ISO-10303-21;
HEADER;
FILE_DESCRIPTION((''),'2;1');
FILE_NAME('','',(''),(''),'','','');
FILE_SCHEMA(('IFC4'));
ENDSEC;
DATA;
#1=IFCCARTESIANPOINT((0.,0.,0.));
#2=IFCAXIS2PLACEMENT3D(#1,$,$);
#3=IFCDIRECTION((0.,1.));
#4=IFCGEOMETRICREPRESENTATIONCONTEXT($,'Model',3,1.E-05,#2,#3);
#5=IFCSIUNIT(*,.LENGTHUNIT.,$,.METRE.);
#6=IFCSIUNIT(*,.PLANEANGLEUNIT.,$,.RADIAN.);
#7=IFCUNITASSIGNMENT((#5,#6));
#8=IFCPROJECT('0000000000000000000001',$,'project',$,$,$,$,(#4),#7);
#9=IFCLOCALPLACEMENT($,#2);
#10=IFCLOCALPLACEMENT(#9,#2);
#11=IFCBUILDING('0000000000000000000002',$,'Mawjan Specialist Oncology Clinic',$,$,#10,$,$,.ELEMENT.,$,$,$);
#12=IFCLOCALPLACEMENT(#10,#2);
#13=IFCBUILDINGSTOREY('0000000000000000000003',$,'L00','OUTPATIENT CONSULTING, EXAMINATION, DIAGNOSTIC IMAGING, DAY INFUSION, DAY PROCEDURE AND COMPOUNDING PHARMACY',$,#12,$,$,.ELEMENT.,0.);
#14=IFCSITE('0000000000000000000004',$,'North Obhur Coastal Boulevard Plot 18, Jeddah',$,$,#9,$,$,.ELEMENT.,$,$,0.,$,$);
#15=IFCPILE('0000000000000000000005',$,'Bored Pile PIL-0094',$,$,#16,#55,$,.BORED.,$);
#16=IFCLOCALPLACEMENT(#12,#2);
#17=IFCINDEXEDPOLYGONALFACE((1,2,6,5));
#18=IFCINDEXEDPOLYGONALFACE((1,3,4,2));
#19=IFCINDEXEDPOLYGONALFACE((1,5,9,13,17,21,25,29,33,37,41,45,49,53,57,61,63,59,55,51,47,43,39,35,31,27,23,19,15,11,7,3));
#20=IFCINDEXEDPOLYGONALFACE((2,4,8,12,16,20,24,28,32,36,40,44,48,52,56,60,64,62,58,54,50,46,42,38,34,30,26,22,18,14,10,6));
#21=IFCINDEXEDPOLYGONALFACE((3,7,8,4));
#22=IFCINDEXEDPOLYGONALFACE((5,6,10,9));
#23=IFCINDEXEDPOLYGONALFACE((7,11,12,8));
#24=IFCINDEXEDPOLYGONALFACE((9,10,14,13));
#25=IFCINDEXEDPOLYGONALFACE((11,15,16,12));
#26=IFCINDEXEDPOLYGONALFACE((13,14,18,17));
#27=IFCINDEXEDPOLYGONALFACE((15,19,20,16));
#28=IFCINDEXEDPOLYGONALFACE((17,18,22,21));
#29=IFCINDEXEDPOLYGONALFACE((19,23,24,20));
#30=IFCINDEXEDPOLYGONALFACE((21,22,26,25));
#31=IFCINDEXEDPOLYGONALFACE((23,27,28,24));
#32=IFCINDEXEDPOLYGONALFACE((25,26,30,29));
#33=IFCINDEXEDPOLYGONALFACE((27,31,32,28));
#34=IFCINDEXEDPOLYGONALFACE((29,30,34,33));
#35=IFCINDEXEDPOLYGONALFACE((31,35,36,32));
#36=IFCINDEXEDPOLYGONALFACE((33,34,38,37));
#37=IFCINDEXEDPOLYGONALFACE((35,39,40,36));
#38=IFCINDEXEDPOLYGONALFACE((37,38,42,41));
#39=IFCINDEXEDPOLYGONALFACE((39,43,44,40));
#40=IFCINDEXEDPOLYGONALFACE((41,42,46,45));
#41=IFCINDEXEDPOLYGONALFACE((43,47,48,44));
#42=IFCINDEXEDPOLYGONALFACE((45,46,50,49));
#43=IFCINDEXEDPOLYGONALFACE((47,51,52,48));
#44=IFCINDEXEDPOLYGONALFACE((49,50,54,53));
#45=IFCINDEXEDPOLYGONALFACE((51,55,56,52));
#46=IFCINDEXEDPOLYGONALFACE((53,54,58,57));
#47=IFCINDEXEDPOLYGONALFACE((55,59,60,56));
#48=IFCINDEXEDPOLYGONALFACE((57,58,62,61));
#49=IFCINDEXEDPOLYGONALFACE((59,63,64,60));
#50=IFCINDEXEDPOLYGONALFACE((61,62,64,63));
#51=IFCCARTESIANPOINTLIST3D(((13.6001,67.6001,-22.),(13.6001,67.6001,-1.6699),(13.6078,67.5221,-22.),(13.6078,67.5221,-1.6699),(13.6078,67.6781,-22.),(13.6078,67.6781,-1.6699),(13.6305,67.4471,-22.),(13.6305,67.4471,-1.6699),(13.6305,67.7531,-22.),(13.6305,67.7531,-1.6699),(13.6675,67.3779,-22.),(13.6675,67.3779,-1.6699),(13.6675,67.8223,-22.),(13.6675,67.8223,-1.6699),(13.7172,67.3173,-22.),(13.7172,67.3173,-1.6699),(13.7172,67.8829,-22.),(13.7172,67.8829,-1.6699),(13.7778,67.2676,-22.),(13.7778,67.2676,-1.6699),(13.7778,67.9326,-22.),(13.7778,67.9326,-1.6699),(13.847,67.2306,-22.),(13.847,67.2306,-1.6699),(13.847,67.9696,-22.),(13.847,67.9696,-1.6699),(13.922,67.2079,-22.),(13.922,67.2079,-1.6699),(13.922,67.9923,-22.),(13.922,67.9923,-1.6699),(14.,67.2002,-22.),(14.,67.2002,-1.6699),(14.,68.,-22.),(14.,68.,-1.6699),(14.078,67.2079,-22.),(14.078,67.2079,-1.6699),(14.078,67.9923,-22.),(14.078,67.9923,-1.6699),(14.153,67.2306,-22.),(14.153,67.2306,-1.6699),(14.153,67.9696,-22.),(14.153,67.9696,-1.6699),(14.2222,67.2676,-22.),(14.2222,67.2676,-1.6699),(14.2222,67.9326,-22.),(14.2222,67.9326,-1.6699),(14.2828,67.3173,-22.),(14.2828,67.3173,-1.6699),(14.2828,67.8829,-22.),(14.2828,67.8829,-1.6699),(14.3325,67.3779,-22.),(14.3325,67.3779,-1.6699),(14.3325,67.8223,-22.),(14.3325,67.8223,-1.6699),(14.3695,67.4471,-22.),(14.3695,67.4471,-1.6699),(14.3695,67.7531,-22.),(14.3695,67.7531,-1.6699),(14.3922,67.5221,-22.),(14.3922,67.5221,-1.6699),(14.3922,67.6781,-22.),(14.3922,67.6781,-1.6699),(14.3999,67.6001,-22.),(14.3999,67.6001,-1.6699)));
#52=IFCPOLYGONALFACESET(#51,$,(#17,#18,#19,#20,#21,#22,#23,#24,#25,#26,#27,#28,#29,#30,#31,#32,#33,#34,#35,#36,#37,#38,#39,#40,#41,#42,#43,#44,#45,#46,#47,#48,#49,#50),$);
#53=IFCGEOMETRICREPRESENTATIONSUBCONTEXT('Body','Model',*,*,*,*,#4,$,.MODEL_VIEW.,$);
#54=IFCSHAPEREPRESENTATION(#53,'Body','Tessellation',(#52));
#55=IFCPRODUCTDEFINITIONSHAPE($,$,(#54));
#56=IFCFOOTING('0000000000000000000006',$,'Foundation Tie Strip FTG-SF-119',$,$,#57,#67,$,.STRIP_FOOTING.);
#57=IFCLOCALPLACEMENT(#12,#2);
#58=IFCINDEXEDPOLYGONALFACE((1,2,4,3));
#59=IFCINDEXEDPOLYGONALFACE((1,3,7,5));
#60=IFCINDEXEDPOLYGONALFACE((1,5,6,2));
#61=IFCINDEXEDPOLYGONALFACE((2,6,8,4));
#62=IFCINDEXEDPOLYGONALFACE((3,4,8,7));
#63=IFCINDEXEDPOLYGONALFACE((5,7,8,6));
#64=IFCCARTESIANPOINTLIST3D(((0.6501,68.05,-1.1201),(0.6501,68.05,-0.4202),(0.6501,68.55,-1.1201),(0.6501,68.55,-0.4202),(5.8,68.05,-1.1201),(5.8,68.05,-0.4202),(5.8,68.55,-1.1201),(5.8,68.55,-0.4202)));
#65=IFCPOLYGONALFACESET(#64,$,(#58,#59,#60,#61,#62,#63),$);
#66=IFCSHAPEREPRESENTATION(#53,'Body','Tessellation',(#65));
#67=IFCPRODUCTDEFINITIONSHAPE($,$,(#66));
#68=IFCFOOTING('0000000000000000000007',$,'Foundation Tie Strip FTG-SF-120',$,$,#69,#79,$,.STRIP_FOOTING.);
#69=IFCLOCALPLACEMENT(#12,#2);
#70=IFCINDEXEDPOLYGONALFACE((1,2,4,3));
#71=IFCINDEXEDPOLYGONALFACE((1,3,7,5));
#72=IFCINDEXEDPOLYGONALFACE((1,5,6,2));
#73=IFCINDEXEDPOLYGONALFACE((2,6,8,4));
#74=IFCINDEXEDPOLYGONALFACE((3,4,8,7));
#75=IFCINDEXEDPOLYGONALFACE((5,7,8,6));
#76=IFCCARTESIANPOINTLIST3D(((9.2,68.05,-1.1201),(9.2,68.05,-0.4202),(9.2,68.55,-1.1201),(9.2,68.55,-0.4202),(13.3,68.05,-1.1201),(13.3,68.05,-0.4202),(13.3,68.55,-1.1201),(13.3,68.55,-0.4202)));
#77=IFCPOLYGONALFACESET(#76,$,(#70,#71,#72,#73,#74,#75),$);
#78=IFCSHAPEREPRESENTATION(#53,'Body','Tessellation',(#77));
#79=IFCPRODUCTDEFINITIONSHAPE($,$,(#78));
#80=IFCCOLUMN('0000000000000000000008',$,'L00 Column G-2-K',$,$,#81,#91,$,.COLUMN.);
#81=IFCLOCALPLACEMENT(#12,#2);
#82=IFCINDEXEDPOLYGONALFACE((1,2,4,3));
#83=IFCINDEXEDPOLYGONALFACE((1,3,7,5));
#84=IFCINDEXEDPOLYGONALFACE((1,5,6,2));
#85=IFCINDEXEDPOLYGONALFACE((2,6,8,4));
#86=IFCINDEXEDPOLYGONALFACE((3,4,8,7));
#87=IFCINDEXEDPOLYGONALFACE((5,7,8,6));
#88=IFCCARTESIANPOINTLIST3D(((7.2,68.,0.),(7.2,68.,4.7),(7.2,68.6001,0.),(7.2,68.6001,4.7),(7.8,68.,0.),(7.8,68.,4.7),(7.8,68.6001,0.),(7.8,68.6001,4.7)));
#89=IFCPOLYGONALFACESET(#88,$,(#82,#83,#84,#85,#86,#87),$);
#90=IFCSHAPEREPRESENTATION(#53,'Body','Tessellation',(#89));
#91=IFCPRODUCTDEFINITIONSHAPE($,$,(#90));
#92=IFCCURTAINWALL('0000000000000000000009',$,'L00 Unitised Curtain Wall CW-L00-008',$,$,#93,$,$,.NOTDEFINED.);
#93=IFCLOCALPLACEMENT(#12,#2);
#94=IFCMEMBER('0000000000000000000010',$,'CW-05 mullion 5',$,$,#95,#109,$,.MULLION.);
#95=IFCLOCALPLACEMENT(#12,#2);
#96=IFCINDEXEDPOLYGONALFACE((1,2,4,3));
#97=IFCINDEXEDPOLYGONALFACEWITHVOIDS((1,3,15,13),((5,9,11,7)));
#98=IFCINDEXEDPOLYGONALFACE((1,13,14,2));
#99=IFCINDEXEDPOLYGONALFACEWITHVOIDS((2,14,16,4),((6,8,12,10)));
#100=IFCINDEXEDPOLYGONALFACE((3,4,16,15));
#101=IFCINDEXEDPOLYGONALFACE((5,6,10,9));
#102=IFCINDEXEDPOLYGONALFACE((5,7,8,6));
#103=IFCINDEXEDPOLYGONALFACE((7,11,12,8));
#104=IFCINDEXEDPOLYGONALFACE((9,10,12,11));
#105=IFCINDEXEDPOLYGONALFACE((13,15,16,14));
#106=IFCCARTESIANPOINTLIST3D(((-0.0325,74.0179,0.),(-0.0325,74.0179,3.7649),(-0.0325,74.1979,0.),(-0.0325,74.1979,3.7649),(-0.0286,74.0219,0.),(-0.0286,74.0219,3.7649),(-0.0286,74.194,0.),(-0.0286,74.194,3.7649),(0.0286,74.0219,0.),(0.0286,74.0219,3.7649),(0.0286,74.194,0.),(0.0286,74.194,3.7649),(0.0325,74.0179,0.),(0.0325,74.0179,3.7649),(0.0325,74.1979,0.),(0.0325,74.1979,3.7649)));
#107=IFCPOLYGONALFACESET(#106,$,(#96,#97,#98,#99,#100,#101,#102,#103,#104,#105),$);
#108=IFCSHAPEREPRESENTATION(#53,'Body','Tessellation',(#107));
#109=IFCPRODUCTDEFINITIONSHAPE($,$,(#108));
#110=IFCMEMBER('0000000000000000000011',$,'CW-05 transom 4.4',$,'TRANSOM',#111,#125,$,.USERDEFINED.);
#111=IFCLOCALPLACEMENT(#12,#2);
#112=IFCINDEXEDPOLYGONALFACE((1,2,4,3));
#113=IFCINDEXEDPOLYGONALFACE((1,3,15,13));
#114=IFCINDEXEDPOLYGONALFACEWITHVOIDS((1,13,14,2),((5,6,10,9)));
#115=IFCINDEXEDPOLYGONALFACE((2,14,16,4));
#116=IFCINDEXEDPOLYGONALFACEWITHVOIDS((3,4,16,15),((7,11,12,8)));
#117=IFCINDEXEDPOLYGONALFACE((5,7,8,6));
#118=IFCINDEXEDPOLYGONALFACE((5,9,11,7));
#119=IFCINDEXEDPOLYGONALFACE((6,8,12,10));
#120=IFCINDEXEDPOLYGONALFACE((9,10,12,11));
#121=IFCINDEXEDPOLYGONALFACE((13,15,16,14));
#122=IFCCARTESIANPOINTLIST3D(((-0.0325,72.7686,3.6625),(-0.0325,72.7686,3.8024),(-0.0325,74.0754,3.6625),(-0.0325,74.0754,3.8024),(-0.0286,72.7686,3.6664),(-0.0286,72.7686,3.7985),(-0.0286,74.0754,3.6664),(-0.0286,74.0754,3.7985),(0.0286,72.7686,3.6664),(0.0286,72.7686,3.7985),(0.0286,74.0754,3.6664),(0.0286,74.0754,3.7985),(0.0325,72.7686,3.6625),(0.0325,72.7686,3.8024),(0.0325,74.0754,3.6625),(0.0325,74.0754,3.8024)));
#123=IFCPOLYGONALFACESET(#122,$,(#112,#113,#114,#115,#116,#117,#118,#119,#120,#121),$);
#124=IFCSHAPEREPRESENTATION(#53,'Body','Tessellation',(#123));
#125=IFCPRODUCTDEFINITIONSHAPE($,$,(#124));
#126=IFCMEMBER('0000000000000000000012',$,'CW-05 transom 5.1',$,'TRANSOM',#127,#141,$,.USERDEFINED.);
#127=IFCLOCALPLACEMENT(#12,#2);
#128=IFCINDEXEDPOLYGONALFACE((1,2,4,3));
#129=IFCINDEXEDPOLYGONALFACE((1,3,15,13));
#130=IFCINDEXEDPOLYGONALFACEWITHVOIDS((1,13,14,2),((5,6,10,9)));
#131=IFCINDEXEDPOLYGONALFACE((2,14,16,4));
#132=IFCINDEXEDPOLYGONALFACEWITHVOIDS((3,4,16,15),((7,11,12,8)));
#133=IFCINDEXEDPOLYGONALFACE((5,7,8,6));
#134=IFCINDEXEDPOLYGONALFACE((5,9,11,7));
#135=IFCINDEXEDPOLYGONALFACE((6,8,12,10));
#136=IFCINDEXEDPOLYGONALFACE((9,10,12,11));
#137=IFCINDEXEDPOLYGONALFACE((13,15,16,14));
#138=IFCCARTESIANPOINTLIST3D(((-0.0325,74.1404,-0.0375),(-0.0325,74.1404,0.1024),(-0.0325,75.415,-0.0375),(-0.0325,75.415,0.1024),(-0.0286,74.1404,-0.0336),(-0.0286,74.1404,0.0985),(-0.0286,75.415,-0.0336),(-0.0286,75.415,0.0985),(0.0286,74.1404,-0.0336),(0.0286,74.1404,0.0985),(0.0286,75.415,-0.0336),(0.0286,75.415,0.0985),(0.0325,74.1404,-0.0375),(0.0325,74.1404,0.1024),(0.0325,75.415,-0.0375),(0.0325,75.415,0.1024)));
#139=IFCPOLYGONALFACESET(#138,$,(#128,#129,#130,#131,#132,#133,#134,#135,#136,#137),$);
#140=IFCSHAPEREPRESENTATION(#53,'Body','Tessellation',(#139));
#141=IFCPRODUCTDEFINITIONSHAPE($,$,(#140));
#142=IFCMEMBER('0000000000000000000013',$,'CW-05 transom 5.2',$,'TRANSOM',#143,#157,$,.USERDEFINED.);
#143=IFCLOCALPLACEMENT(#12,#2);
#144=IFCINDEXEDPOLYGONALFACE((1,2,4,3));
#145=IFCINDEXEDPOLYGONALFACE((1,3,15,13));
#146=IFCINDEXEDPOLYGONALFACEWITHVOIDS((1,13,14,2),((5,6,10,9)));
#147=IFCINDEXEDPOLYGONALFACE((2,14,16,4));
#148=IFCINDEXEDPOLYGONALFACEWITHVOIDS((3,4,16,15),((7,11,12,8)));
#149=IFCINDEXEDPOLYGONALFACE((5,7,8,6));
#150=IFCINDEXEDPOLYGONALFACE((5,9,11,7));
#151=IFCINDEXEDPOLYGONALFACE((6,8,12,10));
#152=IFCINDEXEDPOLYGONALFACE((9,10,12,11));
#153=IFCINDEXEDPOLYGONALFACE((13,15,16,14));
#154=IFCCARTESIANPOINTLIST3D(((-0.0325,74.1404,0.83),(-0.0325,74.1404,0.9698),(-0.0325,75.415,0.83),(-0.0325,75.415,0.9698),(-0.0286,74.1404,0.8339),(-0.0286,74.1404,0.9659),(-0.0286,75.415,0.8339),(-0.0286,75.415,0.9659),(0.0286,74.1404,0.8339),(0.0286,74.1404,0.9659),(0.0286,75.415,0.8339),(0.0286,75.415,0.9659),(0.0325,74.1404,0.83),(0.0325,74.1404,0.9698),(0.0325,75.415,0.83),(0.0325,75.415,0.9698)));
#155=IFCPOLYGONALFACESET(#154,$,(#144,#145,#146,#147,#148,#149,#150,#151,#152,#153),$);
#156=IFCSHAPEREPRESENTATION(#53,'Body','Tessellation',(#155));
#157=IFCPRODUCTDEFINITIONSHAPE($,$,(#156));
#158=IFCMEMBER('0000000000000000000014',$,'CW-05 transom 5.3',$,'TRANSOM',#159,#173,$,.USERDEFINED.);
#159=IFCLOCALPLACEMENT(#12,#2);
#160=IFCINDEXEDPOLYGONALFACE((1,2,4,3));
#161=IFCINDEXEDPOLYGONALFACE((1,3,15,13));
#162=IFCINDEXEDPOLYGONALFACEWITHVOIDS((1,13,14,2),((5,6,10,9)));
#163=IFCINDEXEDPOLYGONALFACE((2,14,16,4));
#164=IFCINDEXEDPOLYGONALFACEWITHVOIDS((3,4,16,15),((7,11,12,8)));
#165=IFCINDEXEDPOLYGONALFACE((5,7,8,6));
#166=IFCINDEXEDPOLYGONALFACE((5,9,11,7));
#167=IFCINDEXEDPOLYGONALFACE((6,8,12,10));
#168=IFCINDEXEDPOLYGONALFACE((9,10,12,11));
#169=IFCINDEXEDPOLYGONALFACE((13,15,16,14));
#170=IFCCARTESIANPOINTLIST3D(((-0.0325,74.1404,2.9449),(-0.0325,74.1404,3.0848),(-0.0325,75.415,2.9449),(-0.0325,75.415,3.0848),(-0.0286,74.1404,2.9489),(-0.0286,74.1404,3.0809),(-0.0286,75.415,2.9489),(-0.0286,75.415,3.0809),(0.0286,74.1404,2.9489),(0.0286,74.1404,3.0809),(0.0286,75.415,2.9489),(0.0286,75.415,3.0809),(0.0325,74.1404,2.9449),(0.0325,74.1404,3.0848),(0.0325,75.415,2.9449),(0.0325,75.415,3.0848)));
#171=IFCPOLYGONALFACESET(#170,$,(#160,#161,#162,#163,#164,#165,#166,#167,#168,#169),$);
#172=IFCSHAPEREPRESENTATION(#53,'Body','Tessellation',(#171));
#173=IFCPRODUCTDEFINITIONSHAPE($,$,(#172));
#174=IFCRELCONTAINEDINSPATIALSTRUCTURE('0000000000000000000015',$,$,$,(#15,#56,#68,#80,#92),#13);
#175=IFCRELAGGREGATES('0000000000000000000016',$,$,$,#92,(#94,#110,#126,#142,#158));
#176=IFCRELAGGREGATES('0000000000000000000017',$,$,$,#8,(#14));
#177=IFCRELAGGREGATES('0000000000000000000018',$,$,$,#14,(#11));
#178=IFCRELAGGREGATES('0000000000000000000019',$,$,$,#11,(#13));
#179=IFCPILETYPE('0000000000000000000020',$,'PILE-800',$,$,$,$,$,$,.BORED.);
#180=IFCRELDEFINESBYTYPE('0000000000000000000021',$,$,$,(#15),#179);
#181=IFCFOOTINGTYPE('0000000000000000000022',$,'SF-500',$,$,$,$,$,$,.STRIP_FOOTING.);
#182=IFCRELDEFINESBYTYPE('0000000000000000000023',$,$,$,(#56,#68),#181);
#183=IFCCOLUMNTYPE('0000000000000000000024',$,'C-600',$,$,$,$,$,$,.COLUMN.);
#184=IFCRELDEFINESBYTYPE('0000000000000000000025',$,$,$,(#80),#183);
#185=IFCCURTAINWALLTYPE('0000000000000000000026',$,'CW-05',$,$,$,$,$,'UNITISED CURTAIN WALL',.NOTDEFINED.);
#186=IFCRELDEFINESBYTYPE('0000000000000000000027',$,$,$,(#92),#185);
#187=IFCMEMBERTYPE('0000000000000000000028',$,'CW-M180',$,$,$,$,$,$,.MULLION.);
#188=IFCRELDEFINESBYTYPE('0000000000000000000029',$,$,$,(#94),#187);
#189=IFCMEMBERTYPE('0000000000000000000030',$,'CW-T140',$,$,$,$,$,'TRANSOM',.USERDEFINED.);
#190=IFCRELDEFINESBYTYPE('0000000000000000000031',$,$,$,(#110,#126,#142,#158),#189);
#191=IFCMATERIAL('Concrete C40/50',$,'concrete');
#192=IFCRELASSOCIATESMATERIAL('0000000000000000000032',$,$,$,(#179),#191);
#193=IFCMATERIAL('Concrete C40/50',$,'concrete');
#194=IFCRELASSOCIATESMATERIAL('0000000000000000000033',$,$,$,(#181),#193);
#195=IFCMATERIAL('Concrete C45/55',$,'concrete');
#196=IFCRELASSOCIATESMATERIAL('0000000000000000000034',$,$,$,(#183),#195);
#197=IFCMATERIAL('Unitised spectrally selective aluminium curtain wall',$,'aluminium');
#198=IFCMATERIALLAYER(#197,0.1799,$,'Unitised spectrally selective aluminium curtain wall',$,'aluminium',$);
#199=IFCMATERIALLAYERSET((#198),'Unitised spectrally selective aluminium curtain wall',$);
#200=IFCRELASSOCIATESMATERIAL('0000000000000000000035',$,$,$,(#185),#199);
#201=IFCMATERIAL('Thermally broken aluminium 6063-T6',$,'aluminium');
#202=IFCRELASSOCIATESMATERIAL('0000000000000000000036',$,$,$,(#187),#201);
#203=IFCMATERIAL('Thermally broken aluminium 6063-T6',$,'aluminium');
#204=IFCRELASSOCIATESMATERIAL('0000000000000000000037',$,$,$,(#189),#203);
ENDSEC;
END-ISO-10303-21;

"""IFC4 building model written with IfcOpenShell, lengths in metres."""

from ifc_helpers import new_model, si_unit, direction, frame, origin, origin_2d, place, context, subcontext, project, spatial, rectangle, hollow_rectangle, circle, extrude, material, layer, layer_set, material_profile, profile_set, type_object, element, aggregate, save


model = new_model("IFC4")

# Units and contexts
model_context = context("Model", 3, precision=1e-05, world=origin(), true_north=direction((0.0, 1.0)))
body_context = subcontext(model_context, "Body", "Model", "MODEL_VIEW")
ifc_project = project(units=[si_unit("LENGTHUNIT", "METRE"), si_unit("PLANEANGLEUNIT", "RADIAN")], contexts=[model_context])

# Site, building, storey
site_placement = place(None, origin())
site = spatial("IfcSite", under=ifc_project, at=site_placement, Name="North Obhur Coastal Boulevard Plot 18, Jeddah", CompositionType="ELEMENT", RefElevation=0.0)
building_placement = place(site_placement, origin())
building = spatial("IfcBuilding", under=site, at=building_placement, Name="Mawjan Specialist Oncology Clinic", CompositionType="ELEMENT")
storey_placement = place(building_placement, origin())
storey = spatial("IfcBuildingStorey", under=building, at=storey_placement, Name="L00", Description="OUTPATIENT CONSULTING, EXAMINATION, DIAGNOSTIC IMAGING, DAY INFUSION, DAY PROCEDURE AND COMPOUNDING PHARMACY", CompositionType="ELEMENT", Elevation=0.0)

# Pile
ifc_material_1 = material(Name="Concrete C40/50", Category="concrete")
ifc_material_profile_1 = material_profile(ifc_material_1, circle(Radius=0.3999, at=origin_2d()), Name="BORED PILE D800", Category="concrete")
ifc_profile_set_1 = profile_set([ifc_material_profile_1], Name="Concrete C40/50")
pile_type_1 = type_object("IfcPileType", Name="PILE-800", PredefinedType="BORED", material=ifc_profile_set_1)
for number, where, z_axis, x_axis, name in (
    (1, (14.0, 67.6001, -1.6699), (0.0, 0.0, -1.0), (1.0, 0.0, 0.0), "Bored Pile PIL-0094"),
):
    element("IfcPile", number, at=place(storey_placement, frame(where, z_axis=z_axis, x_axis=x_axis)), inside=storey, type_object=pile_type_1, Name=name, PredefinedType="BORED", context=body_context, shape_type="SweptSolid", body=[
        extrude(circle(Radius=0.3999, at=origin_2d()), origin(), (0.0, 0.0, 1.0), 20.3301),
    ])

# Footings
ifc_material_2 = material(Name="Concrete C40/50", Category="concrete")
footing_type_1 = type_object("IfcFootingType", Name="SF-500", PredefinedType="STRIP_FOOTING", material=ifc_material_2)
footing_1_placement = place(storey_placement, frame((3.2251, 68.3, -1.1201), z_axis=(0.0, 0.0, 1.0), x_axis=(1.0, 0.0, 0.0)))
element("IfcFooting", 2, at=footing_1_placement, inside=storey, type_object=footing_type_1, Name="Foundation Tie Strip FTG-SF-119", PredefinedType="STRIP_FOOTING", context=body_context, shape_type="SweptSolid", body=[
    extrude(rectangle(XDim=5.1499, YDim=0.5, at=origin_2d()), origin(), (0.0, 0.0, 1.0), 0.7),
])
footing_2_placement = place(storey_placement, frame((11.25, 68.3, -1.1201), z_axis=(0.0, 0.0, 1.0), x_axis=(1.0, 0.0, 0.0)))
element("IfcFooting", 3, at=footing_2_placement, inside=storey, type_object=footing_type_1, Name="Foundation Tie Strip FTG-SF-120", PredefinedType="STRIP_FOOTING", context=body_context, shape_type="SweptSolid", body=[
    extrude(rectangle(XDim=4.1001, YDim=0.5, at=origin_2d()), origin(), (0.0, 0.0, 1.0), 0.7),
])

# Column
ifc_material_3 = material(Name="Concrete C45/55", Category="concrete")
ifc_material_profile_2 = material_profile(ifc_material_3, rectangle(XDim=0.6001, YDim=0.6001, at=origin_2d()), Name="RC COL 600x600", Category="concrete")
ifc_profile_set_2 = profile_set([ifc_material_profile_2], Name="Concrete C45/55")
column_type = type_object("IfcColumnType", Name="C-600", PredefinedType="COLUMN", material=ifc_profile_set_2)
column_placement = place(storey_placement, frame((7.5, 68.3, 0.0), z_axis=(0.0, 0.0, 1.0), x_axis=(1.0, 0.0, 0.0)))
element("IfcColumn", 4, at=column_placement, inside=storey, type_object=column_type, Name="L00 Column G-2-K", PredefinedType="COLUMN", context=body_context, shape_type="SweptSolid", body=[
    extrude(rectangle(XDim=0.6001, YDim=0.6001, at=origin_2d()), origin(), (0.0, 0.0, 1.0), 4.7),
])

# Curtain wall, members
ifc_material_4 = material(Name="Unitised spectrally selective aluminium curtain wall", Category="aluminium")
ifc_layer_1 = layer(ifc_material_4, 0.1799, Name="Unitised spectrally selective aluminium curtain wall", Category="aluminium")
ifc_layer_set_1 = layer_set([ifc_layer_1], Name="Unitised spectrally selective aluminium curtain wall")
curtain_wall_type = type_object("IfcCurtainWallType", Name="CW-05", ElementType="UNITISED CURTAIN WALL", PredefinedType="NOTDEFINED", material=ifc_layer_set_1)
curtain_wall_placement = place(storey_placement, origin())
curtain_wall = element("IfcCurtainWall", 5, at=curtain_wall_placement, inside=storey, type_object=curtain_wall_type, Name="L00 Unitised Curtain Wall CW-L00-008", PredefinedType="NOTDEFINED")
ifc_material_5 = material(Name="Thermally broken aluminium 6063-T6", Category="aluminium")
ifc_material_profile_3 = material_profile(ifc_material_5, hollow_rectangle(XDim=0.0649, YDim=0.1799, WallThickness=0.0039, at=origin_2d()), Name="ALU MULLION 180x65x4", Category="aluminium")
ifc_profile_set_3 = profile_set([ifc_material_profile_3], Name="Thermally broken aluminium 6063-T6")
member_type_1 = type_object("IfcMemberType", Name="CW-M180", PredefinedType="MULLION", material=ifc_profile_set_3)
member_1_placement = place(storey_placement, frame((0.0, 74.1079, 0.0), z_axis=(0.0, 0.0, 1.0), x_axis=(-1.0, 0.0, 0.0)))
member_1 = element("IfcMember", 6, at=member_1_placement, type_object=member_type_1, Name="CW-05 mullion 5", PredefinedType="MULLION", context=body_context, shape_type="SweptSolid", body=[
    extrude(hollow_rectangle(XDim=0.0649, YDim=0.1799, WallThickness=0.0039, at=origin_2d()), origin(), (0.0, 0.0, 1.0), 3.7649),
])
ifc_material_6 = material(Name="Thermally broken aluminium 6063-T6", Category="aluminium")
ifc_material_profile_4 = material_profile(ifc_material_6, hollow_rectangle(XDim=0.0649, YDim=0.1399, WallThickness=0.0039, at=origin_2d()), Name="ALU TRANSOM 140x65x4", Category="aluminium")
ifc_profile_set_4 = profile_set([ifc_material_profile_4], Name="Thermally broken aluminium 6063-T6")
member_type_2 = type_object("IfcMemberType", Name="CW-T140", ElementType="TRANSOM", PredefinedType="USERDEFINED", material=ifc_profile_set_4)
member_2_placement = place(storey_placement, frame((0.0, 72.7686, 3.7324), z_axis=(0.0, 1.0, 0.0), x_axis=(-1.0, 0.0, 0.0)))
member_2 = element("IfcMember", 7, at=member_2_placement, type_object=member_type_2, Name="CW-05 transom 4.4", ObjectType="TRANSOM", PredefinedType="USERDEFINED", context=body_context, shape_type="SweptSolid", body=[
    extrude(hollow_rectangle(XDim=0.0649, YDim=0.1399, WallThickness=0.0039, at=origin_2d()), origin(), (0.0, 0.0, 1.0), 1.3069),
])
member_3_placement = place(storey_placement, frame((0.0, 74.1404, 0.0325), z_axis=(0.0, 1.0, 0.0), x_axis=(-1.0, 0.0, 0.0)))
member_3 = element("IfcMember", 8, at=member_3_placement, type_object=member_type_2, Name="CW-05 transom 5.1", ObjectType="TRANSOM", PredefinedType="USERDEFINED", context=body_context, shape_type="SweptSolid", body=[
    extrude(hollow_rectangle(XDim=0.0649, YDim=0.1399, WallThickness=0.0039, at=origin_2d()), origin(), (0.0, 0.0, 1.0), 1.2747),
])
member_4_placement = place(storey_placement, frame((0.0, 74.1404, 0.8999), z_axis=(0.0, 1.0, 0.0), x_axis=(-1.0, 0.0, 0.0)))
member_4 = element("IfcMember", 9, at=member_4_placement, type_object=member_type_2, Name="CW-05 transom 5.2", ObjectType="TRANSOM", PredefinedType="USERDEFINED", context=body_context, shape_type="SweptSolid", body=[
    extrude(hollow_rectangle(XDim=0.0649, YDim=0.1399, WallThickness=0.0039, at=origin_2d()), origin(), (0.0, 0.0, 1.0), 1.2747),
])
member_5_placement = place(storey_placement, frame((0.0, 74.1404, 3.0149), z_axis=(0.0, 1.0, 0.0), x_axis=(-1.0, 0.0, 0.0)))
member_5 = element("IfcMember", 10, at=member_5_placement, type_object=member_type_2, Name="CW-05 transom 5.3", ObjectType="TRANSOM", PredefinedType="USERDEFINED", context=body_context, shape_type="SweptSolid", body=[
    extrude(hollow_rectangle(XDim=0.0649, YDim=0.1399, WallThickness=0.0039, at=origin_2d()), origin(), (0.0, 0.0, 1.0), 1.2747),
])
aggregate(curtain_wall, [member_1, member_2, member_3, member_4, member_5])

save(model, "model.ifc")
